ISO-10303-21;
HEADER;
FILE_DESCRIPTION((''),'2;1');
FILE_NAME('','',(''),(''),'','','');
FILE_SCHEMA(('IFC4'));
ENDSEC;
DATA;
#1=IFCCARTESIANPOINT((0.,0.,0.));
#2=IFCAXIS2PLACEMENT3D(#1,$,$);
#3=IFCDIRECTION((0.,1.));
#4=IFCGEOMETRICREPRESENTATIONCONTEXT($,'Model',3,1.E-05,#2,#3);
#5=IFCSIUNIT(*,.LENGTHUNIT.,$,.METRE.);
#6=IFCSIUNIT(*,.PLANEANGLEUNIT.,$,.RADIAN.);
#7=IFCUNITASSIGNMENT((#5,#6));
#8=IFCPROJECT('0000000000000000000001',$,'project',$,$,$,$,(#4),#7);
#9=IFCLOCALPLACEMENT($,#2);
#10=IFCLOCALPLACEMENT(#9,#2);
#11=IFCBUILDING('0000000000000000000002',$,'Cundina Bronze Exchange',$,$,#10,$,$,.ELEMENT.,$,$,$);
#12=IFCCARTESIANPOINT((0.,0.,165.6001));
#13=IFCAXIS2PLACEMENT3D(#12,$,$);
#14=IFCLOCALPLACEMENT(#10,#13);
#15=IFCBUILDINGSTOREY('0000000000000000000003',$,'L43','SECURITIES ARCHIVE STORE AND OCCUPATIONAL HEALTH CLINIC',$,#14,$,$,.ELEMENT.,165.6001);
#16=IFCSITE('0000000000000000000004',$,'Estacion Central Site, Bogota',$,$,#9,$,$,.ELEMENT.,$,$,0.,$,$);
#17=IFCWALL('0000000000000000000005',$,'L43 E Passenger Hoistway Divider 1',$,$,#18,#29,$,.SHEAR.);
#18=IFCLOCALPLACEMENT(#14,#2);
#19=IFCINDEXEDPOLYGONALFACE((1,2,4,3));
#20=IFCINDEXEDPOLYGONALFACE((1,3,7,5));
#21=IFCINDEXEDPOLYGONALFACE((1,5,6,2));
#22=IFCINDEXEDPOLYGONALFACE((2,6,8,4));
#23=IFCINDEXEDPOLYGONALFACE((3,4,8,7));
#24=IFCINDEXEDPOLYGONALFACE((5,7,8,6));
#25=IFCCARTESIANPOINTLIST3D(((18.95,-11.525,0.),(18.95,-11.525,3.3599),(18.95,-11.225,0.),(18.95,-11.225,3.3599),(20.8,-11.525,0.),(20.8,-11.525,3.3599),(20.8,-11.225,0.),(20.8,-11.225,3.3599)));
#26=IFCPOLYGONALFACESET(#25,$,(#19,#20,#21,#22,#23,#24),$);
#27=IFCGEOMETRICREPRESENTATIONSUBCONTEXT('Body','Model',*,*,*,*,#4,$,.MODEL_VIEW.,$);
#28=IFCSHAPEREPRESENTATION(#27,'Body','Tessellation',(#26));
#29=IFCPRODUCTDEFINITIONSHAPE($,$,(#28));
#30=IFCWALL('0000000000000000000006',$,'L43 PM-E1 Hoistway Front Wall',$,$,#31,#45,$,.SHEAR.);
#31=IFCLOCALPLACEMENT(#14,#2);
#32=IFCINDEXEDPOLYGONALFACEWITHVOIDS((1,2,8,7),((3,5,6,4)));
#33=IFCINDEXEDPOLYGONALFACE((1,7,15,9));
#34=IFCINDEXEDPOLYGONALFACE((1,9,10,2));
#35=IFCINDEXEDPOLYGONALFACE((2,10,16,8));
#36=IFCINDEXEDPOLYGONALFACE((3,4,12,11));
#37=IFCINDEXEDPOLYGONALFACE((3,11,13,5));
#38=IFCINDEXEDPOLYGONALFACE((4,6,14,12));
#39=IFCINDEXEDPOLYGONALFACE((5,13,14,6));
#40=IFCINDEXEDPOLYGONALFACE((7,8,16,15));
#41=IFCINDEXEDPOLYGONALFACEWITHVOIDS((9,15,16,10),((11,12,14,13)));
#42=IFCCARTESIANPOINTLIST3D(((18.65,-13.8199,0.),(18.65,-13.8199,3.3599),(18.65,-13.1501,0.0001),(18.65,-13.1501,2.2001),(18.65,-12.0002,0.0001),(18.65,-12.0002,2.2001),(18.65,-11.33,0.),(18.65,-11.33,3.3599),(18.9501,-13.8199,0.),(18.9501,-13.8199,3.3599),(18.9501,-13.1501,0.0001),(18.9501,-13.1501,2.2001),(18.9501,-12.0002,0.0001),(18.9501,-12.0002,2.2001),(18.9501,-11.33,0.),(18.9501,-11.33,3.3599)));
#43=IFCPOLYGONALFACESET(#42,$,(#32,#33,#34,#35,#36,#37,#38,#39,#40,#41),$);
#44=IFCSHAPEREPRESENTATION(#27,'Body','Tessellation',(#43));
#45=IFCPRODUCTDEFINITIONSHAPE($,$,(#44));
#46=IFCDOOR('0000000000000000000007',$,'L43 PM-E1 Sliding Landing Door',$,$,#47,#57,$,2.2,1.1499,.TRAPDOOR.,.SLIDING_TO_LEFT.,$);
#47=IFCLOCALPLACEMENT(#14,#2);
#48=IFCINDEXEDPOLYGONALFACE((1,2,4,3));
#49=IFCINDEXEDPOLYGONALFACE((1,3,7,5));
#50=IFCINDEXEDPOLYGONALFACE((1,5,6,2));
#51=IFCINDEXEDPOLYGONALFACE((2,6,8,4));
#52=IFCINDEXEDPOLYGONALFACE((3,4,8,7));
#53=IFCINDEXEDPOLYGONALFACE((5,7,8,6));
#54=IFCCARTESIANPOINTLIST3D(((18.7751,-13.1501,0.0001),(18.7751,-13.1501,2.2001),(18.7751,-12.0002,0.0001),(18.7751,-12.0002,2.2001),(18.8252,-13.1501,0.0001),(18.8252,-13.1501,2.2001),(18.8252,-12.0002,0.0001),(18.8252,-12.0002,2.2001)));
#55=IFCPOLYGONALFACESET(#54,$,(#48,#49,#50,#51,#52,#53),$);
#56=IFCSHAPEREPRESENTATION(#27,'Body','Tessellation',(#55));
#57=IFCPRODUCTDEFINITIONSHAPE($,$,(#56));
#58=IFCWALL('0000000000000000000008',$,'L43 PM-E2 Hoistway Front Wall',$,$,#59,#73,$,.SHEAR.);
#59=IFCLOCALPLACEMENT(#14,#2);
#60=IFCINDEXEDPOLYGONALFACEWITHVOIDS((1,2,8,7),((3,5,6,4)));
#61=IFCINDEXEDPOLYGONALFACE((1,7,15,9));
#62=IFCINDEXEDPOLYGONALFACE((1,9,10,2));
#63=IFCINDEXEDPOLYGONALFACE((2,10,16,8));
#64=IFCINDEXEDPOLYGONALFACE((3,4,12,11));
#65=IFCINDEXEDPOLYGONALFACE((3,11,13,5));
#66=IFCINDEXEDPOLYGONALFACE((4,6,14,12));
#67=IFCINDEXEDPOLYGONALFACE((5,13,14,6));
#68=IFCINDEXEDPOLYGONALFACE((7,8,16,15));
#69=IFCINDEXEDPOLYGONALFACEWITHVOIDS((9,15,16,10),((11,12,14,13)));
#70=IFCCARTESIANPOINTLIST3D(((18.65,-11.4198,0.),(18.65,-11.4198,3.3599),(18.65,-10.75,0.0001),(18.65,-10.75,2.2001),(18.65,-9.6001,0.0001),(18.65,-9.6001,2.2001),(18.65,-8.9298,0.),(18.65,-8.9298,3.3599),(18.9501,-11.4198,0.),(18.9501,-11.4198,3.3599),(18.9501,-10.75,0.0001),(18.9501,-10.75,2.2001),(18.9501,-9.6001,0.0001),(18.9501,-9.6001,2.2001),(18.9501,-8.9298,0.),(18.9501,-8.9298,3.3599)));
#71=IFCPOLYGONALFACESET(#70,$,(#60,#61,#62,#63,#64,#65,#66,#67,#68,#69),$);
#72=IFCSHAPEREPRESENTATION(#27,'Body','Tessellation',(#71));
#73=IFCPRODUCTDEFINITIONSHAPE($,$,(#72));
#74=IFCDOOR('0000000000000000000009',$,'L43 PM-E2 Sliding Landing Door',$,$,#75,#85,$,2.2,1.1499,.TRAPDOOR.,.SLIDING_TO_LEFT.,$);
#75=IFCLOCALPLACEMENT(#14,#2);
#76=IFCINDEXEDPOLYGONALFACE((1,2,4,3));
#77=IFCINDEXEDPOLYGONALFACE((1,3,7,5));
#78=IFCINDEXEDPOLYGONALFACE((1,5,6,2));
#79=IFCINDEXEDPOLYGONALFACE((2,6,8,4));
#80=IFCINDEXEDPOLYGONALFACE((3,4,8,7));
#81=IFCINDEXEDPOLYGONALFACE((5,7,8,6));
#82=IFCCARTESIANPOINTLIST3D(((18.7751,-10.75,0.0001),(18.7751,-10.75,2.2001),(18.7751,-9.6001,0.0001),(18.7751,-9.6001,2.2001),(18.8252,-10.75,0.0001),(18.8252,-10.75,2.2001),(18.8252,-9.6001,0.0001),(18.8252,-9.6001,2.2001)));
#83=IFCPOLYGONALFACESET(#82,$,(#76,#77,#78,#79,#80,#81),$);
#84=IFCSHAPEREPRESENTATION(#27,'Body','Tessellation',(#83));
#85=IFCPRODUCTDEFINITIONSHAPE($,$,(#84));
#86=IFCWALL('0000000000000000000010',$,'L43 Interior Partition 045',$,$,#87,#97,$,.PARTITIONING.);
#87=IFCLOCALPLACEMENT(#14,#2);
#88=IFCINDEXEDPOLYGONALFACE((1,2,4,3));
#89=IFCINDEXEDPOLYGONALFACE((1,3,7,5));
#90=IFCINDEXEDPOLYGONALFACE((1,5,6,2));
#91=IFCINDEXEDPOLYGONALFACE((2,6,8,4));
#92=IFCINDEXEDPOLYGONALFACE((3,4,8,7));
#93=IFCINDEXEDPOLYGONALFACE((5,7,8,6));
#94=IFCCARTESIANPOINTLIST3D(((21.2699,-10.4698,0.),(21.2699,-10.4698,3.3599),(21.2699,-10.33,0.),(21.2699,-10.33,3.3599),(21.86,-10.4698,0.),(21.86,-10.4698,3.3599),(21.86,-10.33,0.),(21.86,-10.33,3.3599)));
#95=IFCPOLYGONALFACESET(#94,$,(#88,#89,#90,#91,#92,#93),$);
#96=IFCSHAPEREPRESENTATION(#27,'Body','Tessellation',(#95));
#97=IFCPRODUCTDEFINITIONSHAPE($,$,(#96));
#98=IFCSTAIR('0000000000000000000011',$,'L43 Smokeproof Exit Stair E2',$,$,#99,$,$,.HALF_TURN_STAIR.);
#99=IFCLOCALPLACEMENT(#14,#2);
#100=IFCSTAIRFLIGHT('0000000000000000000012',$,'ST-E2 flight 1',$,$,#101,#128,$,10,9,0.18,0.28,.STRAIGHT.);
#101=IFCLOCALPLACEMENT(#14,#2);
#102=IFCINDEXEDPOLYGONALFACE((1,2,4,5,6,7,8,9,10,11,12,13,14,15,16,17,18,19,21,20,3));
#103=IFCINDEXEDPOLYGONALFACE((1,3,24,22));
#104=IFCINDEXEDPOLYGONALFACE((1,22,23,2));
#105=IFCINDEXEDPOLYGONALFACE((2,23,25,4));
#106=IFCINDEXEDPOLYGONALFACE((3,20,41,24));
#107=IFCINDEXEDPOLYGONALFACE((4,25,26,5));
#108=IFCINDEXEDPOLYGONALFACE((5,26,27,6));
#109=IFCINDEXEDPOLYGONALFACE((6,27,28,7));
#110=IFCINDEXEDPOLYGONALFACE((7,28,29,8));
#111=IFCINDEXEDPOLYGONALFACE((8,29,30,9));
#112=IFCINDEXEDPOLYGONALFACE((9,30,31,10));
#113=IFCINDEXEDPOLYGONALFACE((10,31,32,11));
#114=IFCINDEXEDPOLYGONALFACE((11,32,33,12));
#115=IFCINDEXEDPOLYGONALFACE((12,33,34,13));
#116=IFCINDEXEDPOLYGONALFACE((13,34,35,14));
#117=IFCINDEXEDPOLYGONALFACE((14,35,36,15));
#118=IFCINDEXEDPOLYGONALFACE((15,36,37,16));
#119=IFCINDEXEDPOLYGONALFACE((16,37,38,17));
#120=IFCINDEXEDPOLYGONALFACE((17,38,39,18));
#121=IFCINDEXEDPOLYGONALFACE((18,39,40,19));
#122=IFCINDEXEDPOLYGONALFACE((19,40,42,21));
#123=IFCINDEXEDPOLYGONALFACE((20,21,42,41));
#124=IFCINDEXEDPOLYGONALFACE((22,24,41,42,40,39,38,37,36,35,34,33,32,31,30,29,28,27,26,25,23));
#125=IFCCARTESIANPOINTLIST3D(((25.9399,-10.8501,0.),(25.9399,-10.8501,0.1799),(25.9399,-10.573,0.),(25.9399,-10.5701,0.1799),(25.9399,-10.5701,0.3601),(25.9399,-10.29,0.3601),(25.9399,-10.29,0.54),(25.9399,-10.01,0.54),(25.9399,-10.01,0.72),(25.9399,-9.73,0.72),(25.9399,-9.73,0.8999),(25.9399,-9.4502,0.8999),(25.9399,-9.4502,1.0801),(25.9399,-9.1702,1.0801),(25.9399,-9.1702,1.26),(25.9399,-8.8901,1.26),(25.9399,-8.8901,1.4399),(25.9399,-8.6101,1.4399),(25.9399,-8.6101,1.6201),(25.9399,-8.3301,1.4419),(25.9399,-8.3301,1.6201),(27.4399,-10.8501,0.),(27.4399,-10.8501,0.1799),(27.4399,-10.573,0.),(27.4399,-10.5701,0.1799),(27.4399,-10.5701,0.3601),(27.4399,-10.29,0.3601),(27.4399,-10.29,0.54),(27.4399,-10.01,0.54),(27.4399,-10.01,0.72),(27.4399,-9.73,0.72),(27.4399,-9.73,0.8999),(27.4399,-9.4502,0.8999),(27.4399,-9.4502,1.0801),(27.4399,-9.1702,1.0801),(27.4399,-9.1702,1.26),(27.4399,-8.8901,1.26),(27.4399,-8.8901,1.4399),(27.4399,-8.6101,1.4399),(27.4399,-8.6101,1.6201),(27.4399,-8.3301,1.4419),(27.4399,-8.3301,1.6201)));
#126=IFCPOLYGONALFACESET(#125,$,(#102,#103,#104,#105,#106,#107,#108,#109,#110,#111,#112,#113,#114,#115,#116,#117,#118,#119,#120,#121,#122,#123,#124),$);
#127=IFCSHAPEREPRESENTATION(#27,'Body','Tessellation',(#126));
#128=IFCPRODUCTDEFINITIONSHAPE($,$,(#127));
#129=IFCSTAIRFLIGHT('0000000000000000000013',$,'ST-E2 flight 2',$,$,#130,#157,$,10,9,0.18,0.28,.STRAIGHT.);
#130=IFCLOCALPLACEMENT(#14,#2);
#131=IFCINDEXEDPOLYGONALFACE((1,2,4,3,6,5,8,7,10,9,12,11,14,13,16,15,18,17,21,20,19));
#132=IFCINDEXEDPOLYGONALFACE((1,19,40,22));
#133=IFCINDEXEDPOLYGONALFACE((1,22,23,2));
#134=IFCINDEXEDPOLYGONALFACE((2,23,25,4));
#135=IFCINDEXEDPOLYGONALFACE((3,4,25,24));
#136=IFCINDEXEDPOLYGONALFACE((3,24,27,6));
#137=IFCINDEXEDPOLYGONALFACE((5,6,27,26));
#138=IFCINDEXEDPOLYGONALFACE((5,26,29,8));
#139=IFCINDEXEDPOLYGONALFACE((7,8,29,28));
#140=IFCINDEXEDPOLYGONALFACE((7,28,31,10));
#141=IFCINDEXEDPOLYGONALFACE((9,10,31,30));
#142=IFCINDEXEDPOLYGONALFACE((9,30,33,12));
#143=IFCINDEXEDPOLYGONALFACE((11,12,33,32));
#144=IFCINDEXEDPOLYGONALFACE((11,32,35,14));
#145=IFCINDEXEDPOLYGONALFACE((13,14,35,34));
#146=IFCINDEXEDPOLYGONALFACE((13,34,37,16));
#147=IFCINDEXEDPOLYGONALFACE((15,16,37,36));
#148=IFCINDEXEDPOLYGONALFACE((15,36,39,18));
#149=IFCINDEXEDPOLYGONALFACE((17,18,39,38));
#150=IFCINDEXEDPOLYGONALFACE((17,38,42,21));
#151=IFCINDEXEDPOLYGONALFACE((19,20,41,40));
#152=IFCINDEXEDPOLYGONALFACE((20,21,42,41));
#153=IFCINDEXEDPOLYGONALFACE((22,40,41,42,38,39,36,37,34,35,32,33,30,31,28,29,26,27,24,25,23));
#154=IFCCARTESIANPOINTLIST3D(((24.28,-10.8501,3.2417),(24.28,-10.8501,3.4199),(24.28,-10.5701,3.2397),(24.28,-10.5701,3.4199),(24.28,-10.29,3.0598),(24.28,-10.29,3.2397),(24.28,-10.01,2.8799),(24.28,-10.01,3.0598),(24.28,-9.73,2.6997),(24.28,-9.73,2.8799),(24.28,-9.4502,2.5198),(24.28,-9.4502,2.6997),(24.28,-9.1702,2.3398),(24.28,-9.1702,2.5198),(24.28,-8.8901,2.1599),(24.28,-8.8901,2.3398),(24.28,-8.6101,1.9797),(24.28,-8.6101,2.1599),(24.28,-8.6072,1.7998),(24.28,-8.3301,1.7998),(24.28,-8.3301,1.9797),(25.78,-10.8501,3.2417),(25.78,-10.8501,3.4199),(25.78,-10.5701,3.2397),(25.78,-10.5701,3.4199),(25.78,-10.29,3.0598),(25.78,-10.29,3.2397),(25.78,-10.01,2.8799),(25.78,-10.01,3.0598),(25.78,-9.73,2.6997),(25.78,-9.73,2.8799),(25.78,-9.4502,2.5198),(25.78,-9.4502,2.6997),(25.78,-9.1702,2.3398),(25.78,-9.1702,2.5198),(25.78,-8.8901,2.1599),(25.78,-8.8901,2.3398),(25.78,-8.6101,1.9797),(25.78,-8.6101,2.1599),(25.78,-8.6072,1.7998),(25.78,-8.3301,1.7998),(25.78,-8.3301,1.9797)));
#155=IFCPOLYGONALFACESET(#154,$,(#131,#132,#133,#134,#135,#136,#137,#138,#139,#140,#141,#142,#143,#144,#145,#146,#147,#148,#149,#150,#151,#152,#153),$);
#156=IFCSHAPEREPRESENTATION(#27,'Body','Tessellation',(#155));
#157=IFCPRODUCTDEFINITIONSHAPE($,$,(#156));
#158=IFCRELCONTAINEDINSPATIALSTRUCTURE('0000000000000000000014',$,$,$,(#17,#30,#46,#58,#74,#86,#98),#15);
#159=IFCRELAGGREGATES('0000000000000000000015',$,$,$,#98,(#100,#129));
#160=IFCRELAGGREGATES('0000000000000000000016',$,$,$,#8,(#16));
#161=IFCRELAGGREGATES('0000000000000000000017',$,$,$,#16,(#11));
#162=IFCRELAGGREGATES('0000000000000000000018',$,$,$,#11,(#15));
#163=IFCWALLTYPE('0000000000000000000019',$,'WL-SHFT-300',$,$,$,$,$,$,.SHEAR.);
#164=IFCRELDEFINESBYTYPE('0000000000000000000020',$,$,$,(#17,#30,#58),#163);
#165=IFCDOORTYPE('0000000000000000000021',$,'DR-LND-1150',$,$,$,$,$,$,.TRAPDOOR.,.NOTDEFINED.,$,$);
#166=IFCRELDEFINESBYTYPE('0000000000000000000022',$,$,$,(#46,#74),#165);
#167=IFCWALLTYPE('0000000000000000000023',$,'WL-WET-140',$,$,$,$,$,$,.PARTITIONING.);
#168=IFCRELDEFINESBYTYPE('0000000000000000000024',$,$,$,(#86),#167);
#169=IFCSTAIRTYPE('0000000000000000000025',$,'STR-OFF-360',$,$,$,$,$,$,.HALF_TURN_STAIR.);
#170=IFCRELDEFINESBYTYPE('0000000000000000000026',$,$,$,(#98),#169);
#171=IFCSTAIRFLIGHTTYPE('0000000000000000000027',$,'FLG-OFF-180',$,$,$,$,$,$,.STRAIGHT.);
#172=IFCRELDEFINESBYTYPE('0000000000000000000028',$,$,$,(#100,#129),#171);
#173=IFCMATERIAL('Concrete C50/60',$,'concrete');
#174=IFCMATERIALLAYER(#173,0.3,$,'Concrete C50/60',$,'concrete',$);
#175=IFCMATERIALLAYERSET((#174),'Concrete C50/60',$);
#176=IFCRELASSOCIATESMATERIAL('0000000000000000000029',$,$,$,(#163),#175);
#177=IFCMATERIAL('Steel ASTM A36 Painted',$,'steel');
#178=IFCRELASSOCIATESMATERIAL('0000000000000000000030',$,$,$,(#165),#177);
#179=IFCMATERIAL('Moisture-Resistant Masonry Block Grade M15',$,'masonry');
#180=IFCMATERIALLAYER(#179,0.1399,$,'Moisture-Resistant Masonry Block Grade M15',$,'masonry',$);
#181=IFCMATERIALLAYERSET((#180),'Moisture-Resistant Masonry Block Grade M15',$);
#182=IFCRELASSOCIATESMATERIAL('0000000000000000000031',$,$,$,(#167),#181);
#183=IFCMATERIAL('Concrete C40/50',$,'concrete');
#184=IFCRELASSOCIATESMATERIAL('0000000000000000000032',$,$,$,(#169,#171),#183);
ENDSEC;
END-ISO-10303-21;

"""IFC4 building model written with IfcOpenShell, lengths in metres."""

from ifc_helpers import new_model, si_unit, direction, frame, frame_2d, origin, place, context, subcontext, project, spatial, polyline, rectangle, outline, extrude, material, layer, layer_set, type_object, element, fill, aggregate, save


model = new_model("IFC4")

# Units and contexts
model_context = context("Model", 3, precision=1e-05, world=origin(), true_north=direction((0.0, 1.0)))
body_context = subcontext(model_context, "Body", "Model", "MODEL_VIEW")
ifc_project = project(units=[si_unit("LENGTHUNIT", "METRE"), si_unit("PLANEANGLEUNIT", "RADIAN")], contexts=[model_context])

# Site, building, storey
site_placement = place(None, origin())
site = spatial("IfcSite", under=ifc_project, at=site_placement, Name="Estacion Central Site, Bogota", CompositionType="ELEMENT", RefElevation=0.0)
building_placement = place(site_placement, origin())
building = spatial("IfcBuilding", under=site, at=building_placement, Name="Cundina Bronze Exchange", CompositionType="ELEMENT")
storey_placement = place(building_placement, frame((0.0, 0.0, 165.6001)))
storey = spatial("IfcBuildingStorey", under=building, at=storey_placement, Name="L43", Description="SECURITIES ARCHIVE STORE AND OCCUPATIONAL HEALTH CLINIC", CompositionType="ELEMENT", Elevation=165.6001)

# Shared definitions
ifc_material_1 = material(Name="Concrete C50/60", Category="concrete")

# Shared definitions
ifc_layer_1 = layer(ifc_material_1, 0.3, Name="Concrete C50/60", Category="concrete")
ifc_layer_set_1 = layer_set([ifc_layer_1], Name="Concrete C50/60")
wall_type_1 = type_object("IfcWallType", Name="WL-SHFT-300", PredefinedType="SHEAR", material=ifc_layer_set_1)

# Shared definitions
ifc_material_2 = material(Name="Steel ASTM A36 Painted", Category="steel")
door_type_1 = type_object("IfcDoorType", Name="DR-LND-1150", OperationType="NOTDEFINED", PredefinedType="TRAPDOOR", material=ifc_material_2)

# Wall
wall_1_placement = place(storey_placement, frame((18.95, -11.375, 0.0), z_axis=(0.0, 0.0, 1.0), x_axis=(1.0, 0.0, 0.0)))
element("IfcWall", 1, at=wall_1_placement, inside=storey, type_object=wall_type_1, Name="L43 E Passenger Hoistway Divider 1", PredefinedType="SHEAR", context=body_context, shape_type="SweptSolid", body=[
    extrude(rectangle(XDim=1.8501, YDim=0.3, at=frame_2d((0.925, 0.0))), origin(), (0.0, 0.0, 1.0), 3.3599),
])

# Walls, openings, doors
wall_2_placement = place(storey_placement, frame((18.8, -13.8201, 0.0), z_axis=(0.0, 0.0, 1.0), x_axis=(0.0, 1.0, 0.0)))
wall_2 = element("IfcWall", 2, at=wall_2_placement, inside=storey, type_object=wall_type_1, Name="L43 PM-E1 Hoistway Front Wall", PredefinedType="SHEAR", context=body_context, shape_type="SweptSolid", body=[
    extrude(rectangle(XDim=2.49, YDim=0.3, at=frame_2d((1.2451, 0.0))), origin(), (0.0, 0.0, 1.0), 3.3599),
])
opening_1_placement = place(wall_2_placement, frame((0.6699, 0.0, 0.0)))
opening_1 = element("IfcOpeningElement", 3, at=opening_1_placement, cuts=wall_2, PredefinedType="OPENING", context=body_context, shape_type="SweptSolid", body=[
    extrude(rectangle(XDim=1.1499, YDim=2.2, at=frame_2d((0.575, 1.1001))), frame((0.0, 0.1599, 0.0), z_axis=(0.0, -1.0, 0.0), x_axis=(1.0, 0.0, 0.0)), (0.0, 0.0, 1.0), 0.3201),
])
door_1_placement = place(opening_1_placement, origin())
door_1 = element("IfcDoor", 4, at=door_1_placement, inside=storey, type_object=door_type_1, Name="L43 PM-E1 Sliding Landing Door", OperationType="SLIDING_TO_LEFT", OverallHeight=2.2, OverallWidth=1.1499, PredefinedType="TRAPDOOR", context=body_context, shape_type="SweptSolid", body=[
    extrude(rectangle(XDim=1.1499, YDim=2.2, at=frame_2d((0.575, 1.1001))), frame((0.0, 0.0249, 0.0), z_axis=(0.0, -1.0, 0.0), x_axis=(1.0, 0.0, 0.0)), (0.0, 0.0, 1.0), 0.05),
])
fill(opening_1, door_1)
wall_3_placement = place(storey_placement, frame((18.8, -11.4199, 0.0), z_axis=(0.0, 0.0, 1.0), x_axis=(0.0, 1.0, 0.0)))
wall_3 = element("IfcWall", 5, at=wall_3_placement, inside=storey, type_object=wall_type_1, Name="L43 PM-E2 Hoistway Front Wall", PredefinedType="SHEAR", context=body_context, shape_type="SweptSolid", body=[
    extrude(rectangle(XDim=2.49, YDim=0.3, at=frame_2d((1.2451, 0.0))), origin(), (0.0, 0.0, 1.0), 3.3599),
])
opening_2_placement = place(wall_3_placement, frame((0.6699, 0.0, 0.0)))
opening_2 = element("IfcOpeningElement", 6, at=opening_2_placement, cuts=wall_3, PredefinedType="OPENING", context=body_context, shape_type="SweptSolid", body=[
    extrude(rectangle(XDim=1.1499, YDim=2.2, at=frame_2d((0.575, 1.1001))), frame((0.0, 0.1599, 0.0), z_axis=(0.0, -1.0, 0.0), x_axis=(1.0, 0.0, 0.0)), (0.0, 0.0, 1.0), 0.3201),
])
door_2_placement = place(opening_2_placement, origin())
door_2 = element("IfcDoor", 7, at=door_2_placement, inside=storey, type_object=door_type_1, Name="L43 PM-E2 Sliding Landing Door", OperationType="SLIDING_TO_LEFT", OverallHeight=2.2, OverallWidth=1.1499, PredefinedType="TRAPDOOR", context=body_context, shape_type="SweptSolid", body=[
    extrude(rectangle(XDim=1.1499, YDim=2.2, at=frame_2d((0.575, 1.1001))), frame((0.0, 0.0249, 0.0), z_axis=(0.0, -1.0, 0.0), x_axis=(1.0, 0.0, 0.0)), (0.0, 0.0, 1.0), 0.05),
])
fill(opening_2, door_2)

# Wall
ifc_material_3 = material(Name="Moisture-Resistant Masonry Block Grade M15", Category="masonry")
ifc_layer_2 = layer(ifc_material_3, 0.1399, Name="Moisture-Resistant Masonry Block Grade M15", Category="masonry")
ifc_layer_set_2 = layer_set([ifc_layer_2], Name="Moisture-Resistant Masonry Block Grade M15")
wall_type_2 = type_object("IfcWallType", Name="WL-WET-140", PredefinedType="PARTITIONING", material=ifc_layer_set_2)
wall_4_placement = place(storey_placement, frame((21.27, -10.3999, 0.0), z_axis=(0.0, 0.0, 1.0), x_axis=(1.0, 0.0, 0.0)))
element("IfcWall", 8, at=wall_4_placement, inside=storey, type_object=wall_type_2, Name="L43 Interior Partition 045", PredefinedType="PARTITIONING", context=body_context, shape_type="SweptSolid", body=[
    extrude(rectangle(XDim=0.5901, YDim=0.1399, at=frame_2d((0.2949, 0.0))), origin(), (0.0, 0.0, 1.0), 3.3599),
])

# Stair, stair flights
ifc_material_4 = material(Name="Concrete C40/50", Category="concrete")
stair_type = type_object("IfcStairType", Name="STR-OFF-360", PredefinedType="HALF_TURN_STAIR", material=ifc_material_4)
stair_placement = place(storey_placement, origin())
stair = element("IfcStair", 9, at=stair_placement, inside=storey, type_object=stair_type, Name="L43 Smokeproof Exit Stair E2", PredefinedType="HALF_TURN_STAIR")
stair_flight_type = type_object("IfcStairFlightType", Name="FLG-OFF-180", PredefinedType="STRAIGHT", material=ifc_material_4)
stair_flight_1_placement = place(storey_placement, frame((26.6899, -10.8501, 0.0), z_axis=(0.0, 0.0, 1.0), x_axis=(0.0, 1.0, 0.0)))
stair_flight_1 = element("IfcStairFlight", 10, at=stair_flight_1_placement, type_object=stair_flight_type, Name="ST-E2 flight 1", NumberOfRisers=10, NumberOfTreads=9, PredefinedType="STRAIGHT", RiserHeight=0.18, TreadLength=0.28, context=body_context, shape_type="SweptSolid", body=[
    extrude(outline(polyline([(0.0, 0.0), (0.0, 0.1799), (0.28, 0.1799), (0.28, 0.3601), (0.5601, 0.3601), (0.5601, 0.54), (0.8401, 0.54), (0.8401, 0.72), (1.1201, 0.72), (1.1201, 0.8999), (1.3999, 0.8999), (1.3999, 1.0801), (1.6799, 1.0801), (1.6799, 1.26), (1.96, 1.26), (1.96, 1.4399), (2.24, 1.4399), (2.24, 1.6201), (2.52, 1.6201), (2.52, 1.8), (2.52, 1.4419), (0.2771, 0.0), (0.0, 0.0)])), frame((0.0, 0.75, 0.0), z_axis=(0.0, -1.0, 0.0), x_axis=(1.0, 0.0, 0.0)), (0.0, 0.0, 1.0), 1.5),
])
stair_flight_2_placement = place(storey_placement, frame((25.03, -8.3301, 1.7998), z_axis=(0.0, 0.0, 1.0), x_axis=(0.0, -1.0, 0.0)))
stair_flight_2 = element("IfcStairFlight", 11, at=stair_flight_2_placement, type_object=stair_flight_type, Name="ST-E2 flight 2", NumberOfRisers=10, NumberOfTreads=9, PredefinedType="STRAIGHT", RiserHeight=0.18, TreadLength=0.28, context=body_context, shape_type="SweptSolid", body=[
    extrude(outline(polyline([(0.0, 0.0), (0.0, 0.1799), (0.28, 0.1799), (0.28, 0.3601), (0.5601, 0.3601), (0.5601, 0.54), (0.8401, 0.54), (0.8401, 0.72), (1.1201, 0.72), (1.1201, 0.8999), (1.3999, 0.8999), (1.3999, 1.0801), (1.6799, 1.0801), (1.6799, 1.26), (1.96, 1.26), (1.96, 1.4399), (2.24, 1.4399), (2.24, 1.6201), (2.52, 1.6201), (2.52, 1.8), (2.52, 1.4419), (0.2771, 0.0), (0.0, 0.0)])), frame((0.0, 0.75, 0.0), z_axis=(0.0, -1.0, 0.0), x_axis=(1.0, 0.0, 0.0)), (0.0, 0.0, 1.0), 1.5),
])
aggregate(stair, [stair_flight_1, stair_flight_2])

save(model, "model.ifc")
